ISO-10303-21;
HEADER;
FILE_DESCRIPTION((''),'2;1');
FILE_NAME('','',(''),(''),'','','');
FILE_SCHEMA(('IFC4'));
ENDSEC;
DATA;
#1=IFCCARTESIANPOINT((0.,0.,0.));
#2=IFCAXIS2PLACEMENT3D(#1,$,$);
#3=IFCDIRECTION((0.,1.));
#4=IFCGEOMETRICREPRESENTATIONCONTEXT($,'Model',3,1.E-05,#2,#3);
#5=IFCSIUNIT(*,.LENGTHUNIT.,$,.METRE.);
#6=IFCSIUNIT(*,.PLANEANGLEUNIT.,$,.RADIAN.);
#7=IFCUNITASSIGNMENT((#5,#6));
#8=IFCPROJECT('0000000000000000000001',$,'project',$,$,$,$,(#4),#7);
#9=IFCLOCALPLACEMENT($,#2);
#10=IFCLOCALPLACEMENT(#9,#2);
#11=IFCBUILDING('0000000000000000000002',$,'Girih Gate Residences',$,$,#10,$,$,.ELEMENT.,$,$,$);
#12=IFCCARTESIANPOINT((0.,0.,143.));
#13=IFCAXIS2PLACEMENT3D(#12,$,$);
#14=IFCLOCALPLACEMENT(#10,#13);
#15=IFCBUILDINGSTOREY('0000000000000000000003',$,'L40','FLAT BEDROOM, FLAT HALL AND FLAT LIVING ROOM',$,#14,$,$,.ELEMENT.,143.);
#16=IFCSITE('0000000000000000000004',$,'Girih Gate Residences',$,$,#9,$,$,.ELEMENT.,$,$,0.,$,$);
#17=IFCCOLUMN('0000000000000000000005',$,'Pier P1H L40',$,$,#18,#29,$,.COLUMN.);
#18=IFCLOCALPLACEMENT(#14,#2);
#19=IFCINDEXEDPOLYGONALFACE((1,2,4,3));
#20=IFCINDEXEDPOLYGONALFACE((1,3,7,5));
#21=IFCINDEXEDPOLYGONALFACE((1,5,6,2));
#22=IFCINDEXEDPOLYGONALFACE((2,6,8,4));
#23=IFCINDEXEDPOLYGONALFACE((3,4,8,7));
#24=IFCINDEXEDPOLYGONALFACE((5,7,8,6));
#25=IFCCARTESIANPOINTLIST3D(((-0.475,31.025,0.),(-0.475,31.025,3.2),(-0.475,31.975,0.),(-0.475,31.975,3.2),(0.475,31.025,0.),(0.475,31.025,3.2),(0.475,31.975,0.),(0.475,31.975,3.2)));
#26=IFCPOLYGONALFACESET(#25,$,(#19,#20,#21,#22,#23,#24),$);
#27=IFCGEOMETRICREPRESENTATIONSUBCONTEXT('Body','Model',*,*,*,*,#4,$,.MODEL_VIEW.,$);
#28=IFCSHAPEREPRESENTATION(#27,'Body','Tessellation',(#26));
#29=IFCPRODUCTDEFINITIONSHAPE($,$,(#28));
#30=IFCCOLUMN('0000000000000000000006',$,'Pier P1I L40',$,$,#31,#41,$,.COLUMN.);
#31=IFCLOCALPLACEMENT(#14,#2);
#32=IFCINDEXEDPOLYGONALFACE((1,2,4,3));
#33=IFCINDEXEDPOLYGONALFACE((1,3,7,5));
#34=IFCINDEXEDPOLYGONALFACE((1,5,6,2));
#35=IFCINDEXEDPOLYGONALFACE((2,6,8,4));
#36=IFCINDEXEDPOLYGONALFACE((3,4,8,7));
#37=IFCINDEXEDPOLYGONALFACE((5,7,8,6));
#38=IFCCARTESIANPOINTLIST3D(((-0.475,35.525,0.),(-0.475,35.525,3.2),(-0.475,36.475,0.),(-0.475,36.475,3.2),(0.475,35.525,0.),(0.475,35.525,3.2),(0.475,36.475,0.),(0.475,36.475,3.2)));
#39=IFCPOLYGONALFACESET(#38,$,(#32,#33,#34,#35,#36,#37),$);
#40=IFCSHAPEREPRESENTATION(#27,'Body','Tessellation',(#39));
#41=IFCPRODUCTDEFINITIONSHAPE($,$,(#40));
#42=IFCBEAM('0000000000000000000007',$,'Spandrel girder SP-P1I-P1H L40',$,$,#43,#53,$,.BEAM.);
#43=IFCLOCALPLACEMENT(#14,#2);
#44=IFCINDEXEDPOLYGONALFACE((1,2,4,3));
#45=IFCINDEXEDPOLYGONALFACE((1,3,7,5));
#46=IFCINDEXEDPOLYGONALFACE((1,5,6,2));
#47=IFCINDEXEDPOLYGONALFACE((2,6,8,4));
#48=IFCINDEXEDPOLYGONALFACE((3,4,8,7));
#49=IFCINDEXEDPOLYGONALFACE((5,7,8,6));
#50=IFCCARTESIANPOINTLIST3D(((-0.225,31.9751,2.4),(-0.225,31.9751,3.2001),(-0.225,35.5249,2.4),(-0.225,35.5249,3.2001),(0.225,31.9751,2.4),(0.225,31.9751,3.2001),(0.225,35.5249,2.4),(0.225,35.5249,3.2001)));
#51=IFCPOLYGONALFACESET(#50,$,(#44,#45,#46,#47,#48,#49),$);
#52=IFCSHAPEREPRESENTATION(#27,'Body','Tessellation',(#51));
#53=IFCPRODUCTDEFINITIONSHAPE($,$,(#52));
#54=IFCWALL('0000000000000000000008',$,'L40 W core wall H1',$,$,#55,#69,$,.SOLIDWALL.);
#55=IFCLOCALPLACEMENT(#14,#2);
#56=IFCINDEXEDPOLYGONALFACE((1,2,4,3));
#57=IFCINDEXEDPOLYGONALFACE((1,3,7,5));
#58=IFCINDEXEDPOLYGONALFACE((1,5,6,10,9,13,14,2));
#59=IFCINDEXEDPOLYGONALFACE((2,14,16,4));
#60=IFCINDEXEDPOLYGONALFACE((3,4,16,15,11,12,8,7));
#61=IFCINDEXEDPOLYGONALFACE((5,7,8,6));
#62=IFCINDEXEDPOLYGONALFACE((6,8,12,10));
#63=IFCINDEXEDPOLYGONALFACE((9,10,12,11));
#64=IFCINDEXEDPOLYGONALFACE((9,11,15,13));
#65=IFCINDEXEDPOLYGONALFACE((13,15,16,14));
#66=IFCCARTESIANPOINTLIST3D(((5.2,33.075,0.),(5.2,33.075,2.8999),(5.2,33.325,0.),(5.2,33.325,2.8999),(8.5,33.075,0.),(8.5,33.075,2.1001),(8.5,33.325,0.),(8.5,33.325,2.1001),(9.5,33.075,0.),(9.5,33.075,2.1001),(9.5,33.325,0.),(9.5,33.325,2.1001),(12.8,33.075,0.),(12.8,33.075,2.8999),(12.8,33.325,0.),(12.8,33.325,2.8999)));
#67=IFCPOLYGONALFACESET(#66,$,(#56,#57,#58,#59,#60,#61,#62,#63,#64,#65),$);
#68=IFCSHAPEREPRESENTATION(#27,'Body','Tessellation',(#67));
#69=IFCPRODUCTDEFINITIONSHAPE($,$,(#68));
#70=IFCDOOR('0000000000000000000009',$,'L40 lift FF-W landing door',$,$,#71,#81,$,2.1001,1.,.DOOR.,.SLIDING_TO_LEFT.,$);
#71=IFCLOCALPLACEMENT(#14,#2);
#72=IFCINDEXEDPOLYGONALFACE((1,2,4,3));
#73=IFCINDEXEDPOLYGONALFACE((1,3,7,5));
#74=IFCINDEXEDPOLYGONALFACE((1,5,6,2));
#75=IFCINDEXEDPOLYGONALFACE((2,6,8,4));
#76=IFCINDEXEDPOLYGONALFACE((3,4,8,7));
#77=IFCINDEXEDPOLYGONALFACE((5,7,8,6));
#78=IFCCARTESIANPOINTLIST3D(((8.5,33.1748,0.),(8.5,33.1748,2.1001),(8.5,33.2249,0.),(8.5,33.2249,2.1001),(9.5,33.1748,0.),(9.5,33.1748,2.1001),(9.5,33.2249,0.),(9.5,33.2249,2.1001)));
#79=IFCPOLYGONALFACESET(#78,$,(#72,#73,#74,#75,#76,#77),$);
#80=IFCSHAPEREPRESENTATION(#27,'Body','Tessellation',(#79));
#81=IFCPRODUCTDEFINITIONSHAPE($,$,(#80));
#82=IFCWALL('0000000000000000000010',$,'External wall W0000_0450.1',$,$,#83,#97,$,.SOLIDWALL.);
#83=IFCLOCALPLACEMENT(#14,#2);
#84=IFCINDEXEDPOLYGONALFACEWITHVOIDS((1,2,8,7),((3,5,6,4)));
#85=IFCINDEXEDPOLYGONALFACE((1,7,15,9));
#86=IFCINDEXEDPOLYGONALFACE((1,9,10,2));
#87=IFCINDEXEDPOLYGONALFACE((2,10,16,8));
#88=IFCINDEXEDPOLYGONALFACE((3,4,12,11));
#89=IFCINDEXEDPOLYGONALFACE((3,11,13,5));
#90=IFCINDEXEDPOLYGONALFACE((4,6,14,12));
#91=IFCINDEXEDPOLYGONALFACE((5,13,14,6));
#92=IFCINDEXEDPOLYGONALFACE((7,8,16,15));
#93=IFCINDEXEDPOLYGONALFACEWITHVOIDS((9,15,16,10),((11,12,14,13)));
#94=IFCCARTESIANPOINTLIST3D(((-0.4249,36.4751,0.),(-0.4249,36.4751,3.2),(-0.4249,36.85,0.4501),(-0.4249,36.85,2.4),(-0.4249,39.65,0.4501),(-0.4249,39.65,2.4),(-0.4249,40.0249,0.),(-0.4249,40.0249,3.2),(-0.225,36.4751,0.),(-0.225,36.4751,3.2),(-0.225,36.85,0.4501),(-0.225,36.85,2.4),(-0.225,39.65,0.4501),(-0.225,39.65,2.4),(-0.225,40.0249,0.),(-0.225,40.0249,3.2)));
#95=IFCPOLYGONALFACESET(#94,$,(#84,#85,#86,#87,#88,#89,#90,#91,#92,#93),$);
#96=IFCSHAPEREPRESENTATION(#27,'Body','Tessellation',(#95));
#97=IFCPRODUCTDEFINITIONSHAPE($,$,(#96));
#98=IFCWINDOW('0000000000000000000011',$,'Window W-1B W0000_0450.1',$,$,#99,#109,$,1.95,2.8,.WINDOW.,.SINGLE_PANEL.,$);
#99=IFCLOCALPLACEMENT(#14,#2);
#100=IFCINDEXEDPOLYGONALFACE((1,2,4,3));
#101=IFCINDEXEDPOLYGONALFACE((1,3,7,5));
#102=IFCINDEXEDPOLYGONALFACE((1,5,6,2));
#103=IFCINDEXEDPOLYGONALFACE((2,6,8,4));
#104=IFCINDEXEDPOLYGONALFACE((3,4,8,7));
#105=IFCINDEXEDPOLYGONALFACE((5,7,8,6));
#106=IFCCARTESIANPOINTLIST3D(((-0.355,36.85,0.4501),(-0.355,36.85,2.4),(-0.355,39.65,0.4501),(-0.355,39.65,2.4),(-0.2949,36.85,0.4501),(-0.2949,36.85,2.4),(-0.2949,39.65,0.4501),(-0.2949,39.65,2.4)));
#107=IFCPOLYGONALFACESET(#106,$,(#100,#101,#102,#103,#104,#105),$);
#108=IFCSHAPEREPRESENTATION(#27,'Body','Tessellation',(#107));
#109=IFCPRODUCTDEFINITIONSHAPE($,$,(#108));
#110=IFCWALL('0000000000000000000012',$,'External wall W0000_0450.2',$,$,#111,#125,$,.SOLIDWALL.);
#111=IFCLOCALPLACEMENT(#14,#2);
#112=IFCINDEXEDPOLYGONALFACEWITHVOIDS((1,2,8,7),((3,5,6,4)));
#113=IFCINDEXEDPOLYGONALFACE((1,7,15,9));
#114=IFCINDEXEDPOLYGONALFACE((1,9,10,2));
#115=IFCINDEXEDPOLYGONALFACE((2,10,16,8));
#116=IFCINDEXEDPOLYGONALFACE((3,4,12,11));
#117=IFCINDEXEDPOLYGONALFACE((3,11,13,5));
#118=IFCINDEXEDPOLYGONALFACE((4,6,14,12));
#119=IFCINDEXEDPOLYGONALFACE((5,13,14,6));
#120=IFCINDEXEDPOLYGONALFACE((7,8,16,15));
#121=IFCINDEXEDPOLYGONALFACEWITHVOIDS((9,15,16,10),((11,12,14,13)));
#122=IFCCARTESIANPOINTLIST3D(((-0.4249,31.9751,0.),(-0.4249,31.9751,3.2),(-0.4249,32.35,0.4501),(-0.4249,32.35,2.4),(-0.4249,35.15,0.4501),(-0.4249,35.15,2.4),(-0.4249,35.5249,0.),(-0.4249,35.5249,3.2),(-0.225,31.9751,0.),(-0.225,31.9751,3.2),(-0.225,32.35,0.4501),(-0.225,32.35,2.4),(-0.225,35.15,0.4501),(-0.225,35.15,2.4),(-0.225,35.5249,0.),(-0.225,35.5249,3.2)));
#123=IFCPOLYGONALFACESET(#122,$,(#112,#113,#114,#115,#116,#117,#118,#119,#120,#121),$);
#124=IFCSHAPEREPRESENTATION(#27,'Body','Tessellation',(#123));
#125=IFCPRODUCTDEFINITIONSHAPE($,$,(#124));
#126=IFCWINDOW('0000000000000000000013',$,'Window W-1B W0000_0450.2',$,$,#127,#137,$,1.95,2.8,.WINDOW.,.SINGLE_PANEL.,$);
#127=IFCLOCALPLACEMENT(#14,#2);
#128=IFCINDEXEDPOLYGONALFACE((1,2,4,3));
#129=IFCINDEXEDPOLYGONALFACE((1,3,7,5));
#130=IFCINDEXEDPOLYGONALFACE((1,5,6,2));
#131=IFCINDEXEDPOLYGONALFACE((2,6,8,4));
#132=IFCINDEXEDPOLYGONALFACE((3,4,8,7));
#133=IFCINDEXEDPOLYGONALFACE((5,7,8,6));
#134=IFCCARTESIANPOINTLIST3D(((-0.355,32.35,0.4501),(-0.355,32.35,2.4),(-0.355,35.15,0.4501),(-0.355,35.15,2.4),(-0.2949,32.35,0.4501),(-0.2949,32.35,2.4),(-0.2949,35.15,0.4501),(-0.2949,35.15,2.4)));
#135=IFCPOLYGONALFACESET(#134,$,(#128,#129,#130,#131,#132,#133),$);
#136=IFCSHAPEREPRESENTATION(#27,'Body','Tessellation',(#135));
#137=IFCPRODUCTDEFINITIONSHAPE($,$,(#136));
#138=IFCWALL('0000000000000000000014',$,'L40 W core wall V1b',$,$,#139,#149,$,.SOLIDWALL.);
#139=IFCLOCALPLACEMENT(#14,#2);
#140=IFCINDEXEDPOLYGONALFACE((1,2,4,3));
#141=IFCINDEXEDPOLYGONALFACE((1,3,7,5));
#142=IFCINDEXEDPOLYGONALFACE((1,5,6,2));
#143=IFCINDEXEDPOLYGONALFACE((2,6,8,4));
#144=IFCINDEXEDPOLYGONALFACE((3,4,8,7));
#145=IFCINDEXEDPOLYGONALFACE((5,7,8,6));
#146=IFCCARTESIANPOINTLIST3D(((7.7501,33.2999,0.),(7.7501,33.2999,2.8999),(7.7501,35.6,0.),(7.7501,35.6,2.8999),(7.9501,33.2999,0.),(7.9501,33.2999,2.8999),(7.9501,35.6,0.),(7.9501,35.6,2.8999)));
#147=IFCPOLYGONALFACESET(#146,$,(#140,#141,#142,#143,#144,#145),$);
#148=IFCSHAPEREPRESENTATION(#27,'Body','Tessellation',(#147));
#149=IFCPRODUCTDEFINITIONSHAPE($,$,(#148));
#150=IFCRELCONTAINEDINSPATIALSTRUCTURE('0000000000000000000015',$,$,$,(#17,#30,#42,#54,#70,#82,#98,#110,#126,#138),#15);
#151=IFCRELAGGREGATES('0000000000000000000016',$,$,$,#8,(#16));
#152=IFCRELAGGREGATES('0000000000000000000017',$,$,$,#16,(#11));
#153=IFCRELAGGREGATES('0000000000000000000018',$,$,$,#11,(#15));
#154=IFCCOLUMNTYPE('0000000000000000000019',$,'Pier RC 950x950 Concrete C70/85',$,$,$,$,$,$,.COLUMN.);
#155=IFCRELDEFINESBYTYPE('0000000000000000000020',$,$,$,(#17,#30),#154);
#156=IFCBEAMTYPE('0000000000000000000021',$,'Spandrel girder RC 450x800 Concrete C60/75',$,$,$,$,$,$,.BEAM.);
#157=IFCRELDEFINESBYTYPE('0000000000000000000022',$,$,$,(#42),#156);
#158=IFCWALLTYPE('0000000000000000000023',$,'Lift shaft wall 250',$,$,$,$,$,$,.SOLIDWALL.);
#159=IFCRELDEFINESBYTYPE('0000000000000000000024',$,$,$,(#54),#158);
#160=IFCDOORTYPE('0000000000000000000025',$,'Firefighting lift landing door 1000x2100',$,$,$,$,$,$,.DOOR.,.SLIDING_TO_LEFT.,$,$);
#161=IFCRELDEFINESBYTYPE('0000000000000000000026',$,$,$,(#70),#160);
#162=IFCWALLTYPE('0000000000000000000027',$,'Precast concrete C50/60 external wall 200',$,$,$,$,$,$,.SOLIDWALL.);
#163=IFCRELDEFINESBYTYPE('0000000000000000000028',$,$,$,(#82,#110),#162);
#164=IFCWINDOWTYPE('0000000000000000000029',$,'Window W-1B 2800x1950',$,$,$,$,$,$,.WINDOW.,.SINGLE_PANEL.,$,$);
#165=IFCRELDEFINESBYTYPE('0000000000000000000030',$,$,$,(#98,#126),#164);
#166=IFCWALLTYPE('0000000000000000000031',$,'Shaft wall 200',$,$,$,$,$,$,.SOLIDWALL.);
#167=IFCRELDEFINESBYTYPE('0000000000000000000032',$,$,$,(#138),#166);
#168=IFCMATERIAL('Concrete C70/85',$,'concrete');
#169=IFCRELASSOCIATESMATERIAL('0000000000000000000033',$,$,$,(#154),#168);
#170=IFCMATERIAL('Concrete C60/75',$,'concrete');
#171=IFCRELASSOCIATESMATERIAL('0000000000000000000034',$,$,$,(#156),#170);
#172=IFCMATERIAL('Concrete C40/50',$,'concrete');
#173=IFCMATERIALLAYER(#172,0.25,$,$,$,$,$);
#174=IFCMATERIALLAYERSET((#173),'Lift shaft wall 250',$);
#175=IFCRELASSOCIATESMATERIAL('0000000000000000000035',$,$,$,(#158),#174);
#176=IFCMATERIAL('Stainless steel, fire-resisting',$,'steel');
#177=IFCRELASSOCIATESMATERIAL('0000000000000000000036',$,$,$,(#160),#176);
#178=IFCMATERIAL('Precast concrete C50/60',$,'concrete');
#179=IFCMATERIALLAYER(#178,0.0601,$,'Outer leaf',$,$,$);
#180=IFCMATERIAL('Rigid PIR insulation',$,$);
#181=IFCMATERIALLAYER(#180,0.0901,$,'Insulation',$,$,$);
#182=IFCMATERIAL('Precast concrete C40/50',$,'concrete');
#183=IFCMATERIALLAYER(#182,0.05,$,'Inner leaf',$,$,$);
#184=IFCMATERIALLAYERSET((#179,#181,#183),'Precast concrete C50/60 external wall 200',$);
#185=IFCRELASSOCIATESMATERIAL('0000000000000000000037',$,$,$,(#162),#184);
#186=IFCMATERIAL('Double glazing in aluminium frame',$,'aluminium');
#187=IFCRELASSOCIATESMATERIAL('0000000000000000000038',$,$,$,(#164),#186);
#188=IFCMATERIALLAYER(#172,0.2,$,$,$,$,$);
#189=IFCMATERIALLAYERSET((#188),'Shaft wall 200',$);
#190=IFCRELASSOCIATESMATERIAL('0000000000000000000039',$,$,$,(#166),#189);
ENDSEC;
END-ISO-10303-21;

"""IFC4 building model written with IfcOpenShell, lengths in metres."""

from ifc_helpers import new_model, si_unit, direction, frame, frame_2d, origin, origin_2d, place, context, subcontext, project, spatial, rectangle, extrude, material, layer, layer_set, material_profile, profile_set, type_object, element, fill, save


model = new_model("IFC4")

# Units and contexts
model_context = context("Model", 3, precision=1e-05, world=origin(), true_north=direction((0.0, 1.0)))
body_context = subcontext(model_context, "Body", "Model", "MODEL_VIEW")
ifc_project = project(units=[si_unit("LENGTHUNIT", "METRE"), si_unit("PLANEANGLEUNIT", "RADIAN")], contexts=[model_context])

# Site, building, storey
site_placement = place(None, origin())
site = spatial("IfcSite", under=ifc_project, at=site_placement, Name="Girih Gate Residences", CompositionType="ELEMENT", RefElevation=0.0)
building_placement = place(site_placement, origin())
building = spatial("IfcBuilding", under=site, at=building_placement, Name="Girih Gate Residences", CompositionType="ELEMENT")
storey_placement = place(building_placement, frame((0.0, 0.0, 143.0)))
storey = spatial("IfcBuildingStorey", under=building, at=storey_placement, Name="L40", Description="FLAT BEDROOM, FLAT HALL AND FLAT LIVING ROOM", CompositionType="ELEMENT", Elevation=143.0)

# Columns
ifc_material_1 = material(Name="Concrete C70/85", Category="concrete")
ifc_material_profile_1 = material_profile(ifc_material_1, rectangle(XDim=0.95, YDim=0.95, at=origin_2d()))
ifc_profile_set_1 = profile_set([ifc_material_profile_1], Name="Concrete C70/85")
column_type = type_object("IfcColumnType", Name="Pier RC 950x950 Concrete C70/85", PredefinedType="COLUMN", material=ifc_profile_set_1)
for number, where, z_axis, x_axis, name in (
    (1, (0.0, 31.5, 0.0), (0.0, 0.0, 1.0), (1.0, 0.0, 0.0), "Pier P1H L40"),
    (2, (0.0, 36.0, 0.0), (0.0, 0.0, 1.0), (1.0, 0.0, 0.0), "Pier P1I L40"),
):
    element("IfcColumn", number, at=place(storey_placement, frame(where, z_axis=z_axis, x_axis=x_axis)), inside=storey, type_object=column_type, Name=name, PredefinedType="COLUMN", context=body_context, shape_type="SweptSolid", body=[
        extrude(rectangle(XDim=0.95, YDim=0.95, at=origin_2d()), origin(), (0.0, 0.0, 1.0), 3.2),
    ])

# Beam
ifc_material_2 = material(Name="Concrete C60/75", Category="concrete")
ifc_material_profile_2 = material_profile(ifc_material_2, rectangle(XDim=0.45, YDim=0.8, at=origin_2d()))
ifc_profile_set_2 = profile_set([ifc_material_profile_2], Name="Concrete C60/75")
beam_type = type_object("IfcBeamType", Name="Spandrel girder RC 450x800 Concrete C60/75", PredefinedType="BEAM", material=ifc_profile_set_2)
beam_placement = place(storey_placement, frame((0.0, 35.5249, 2.8), z_axis=(0.0, -1.0, 0.0), x_axis=(1.0, 0.0, 0.0)))
element("IfcBeam", 3, at=beam_placement, inside=storey, type_object=beam_type, Name="Spandrel girder SP-P1I-P1H L40", PredefinedType="BEAM", context=body_context, shape_type="SweptSolid", body=[
    extrude(rectangle(XDim=0.45, YDim=0.8, at=origin_2d()), origin(), (0.0, 0.0, 1.0), 3.5498),
])

# Wall, opening, door
ifc_material_3 = material(Name="Concrete C40/50", Category="concrete")
ifc_layer_1 = layer(ifc_material_3, 0.25)
ifc_layer_set_1 = layer_set([ifc_layer_1], Name="Lift shaft wall 250")
wall_type_1 = type_object("IfcWallType", Name="Lift shaft wall 250", PredefinedType="SOLIDWALL", material=ifc_layer_set_1)
wall_1_placement = place(storey_placement, frame((5.2, 33.2, 0.0), z_axis=(0.0, 0.0, 1.0), x_axis=(1.0, 0.0, 0.0)))
wall_1 = element("IfcWall", 4, at=wall_1_placement, inside=storey, type_object=wall_type_1, Name="L40 W core wall H1", PredefinedType="SOLIDWALL", context=body_context, shape_type="SweptSolid", body=[
    extrude(rectangle(XDim=7.6001, YDim=0.25, at=frame_2d((3.8, 0.0))), origin(), (0.0, 0.0, 1.0), 2.8999),
])
opening_1_placement = place(wall_1_placement, frame((3.3, 0.0, 0.0)))
opening_1 = element("IfcOpeningElement", 5, at=opening_1_placement, cuts=wall_1, PredefinedType="OPENING", context=body_context, shape_type="SweptSolid", body=[
    extrude(rectangle(XDim=1.0, YDim=2.1001, at=frame_2d((0.5, 1.05))), frame((0.0, 0.135, 0.0), z_axis=(0.0, -1.0, 0.0), x_axis=(1.0, 0.0, 0.0)), (0.0, 0.0, 1.0), 0.27),
])
ifc_material_4 = material(Name="Stainless steel, fire-resisting", Category="steel")
door_type_1 = type_object("IfcDoorType", Name="Firefighting lift landing door 1000x2100", OperationType="SLIDING_TO_LEFT", PredefinedType="DOOR", material=ifc_material_4)
door_1_placement = place(opening_1_placement, origin())
door_1 = element("IfcDoor", 6, at=door_1_placement, inside=storey, type_object=door_type_1, Name="L40 lift FF-W landing door", OperationType="SLIDING_TO_LEFT", OverallHeight=2.1001, OverallWidth=1.0, PredefinedType="DOOR", context=body_context, shape_type="SweptSolid", body=[
    extrude(rectangle(XDim=1.0, YDim=2.1001, at=frame_2d((0.5, 1.05))), frame((0.0, 0.0249, 0.0), z_axis=(0.0, -1.0, 0.0), x_axis=(1.0, 0.0, 0.0)), (0.0, 0.0, 1.0), 0.05),
])
fill(opening_1, door_1)

# Walls, openings, windows
ifc_material_5 = material(Name="Precast concrete C50/60", Category="concrete")
ifc_layer_2 = layer(ifc_material_5, 0.0601, Name="Outer leaf")
ifc_material_6 = material(Name="Rigid PIR insulation")
ifc_layer_3 = layer(ifc_material_6, 0.0901, Name="Insulation")
ifc_material_7 = material(Name="Precast concrete C40/50", Category="concrete")
ifc_layer_4 = layer(ifc_material_7, 0.05, Name="Inner leaf")
ifc_layer_set_2 = layer_set([ifc_layer_2, ifc_layer_3, ifc_layer_4], Name="Precast concrete C50/60 external wall 200")
wall_type_2 = type_object("IfcWallType", Name="Precast concrete C50/60 external wall 200", PredefinedType="SOLIDWALL", material=ifc_layer_set_2)
wall_2_placement = place(storey_placement, frame((-0.325, 36.4751, 0.0), z_axis=(0.0, 0.0, 1.0), x_axis=(0.0, 1.0, 0.0)))
wall_2 = element("IfcWall", 7, at=wall_2_placement, inside=storey, type_object=wall_type_2, Name="External wall W0000_0450.1", PredefinedType="SOLIDWALL", context=body_context, shape_type="SweptSolid", body=[
    extrude(rectangle(XDim=3.5498, YDim=0.2, at=frame_2d((1.7749, 0.0))), origin(), (0.0, 0.0, 1.0), 3.2),
])
opening_2_placement = place(wall_2_placement, frame((0.375, 0.0, 0.45)))
opening_2 = element("IfcOpeningElement", 8, at=opening_2_placement, cuts=wall_2, PredefinedType="OPENING", context=body_context, shape_type="SweptSolid", body=[
    extrude(rectangle(XDim=2.8, YDim=1.95, at=frame_2d((1.3999, 0.9751))), frame((0.0, 0.1099, 0.0), z_axis=(0.0, -1.0, 0.0), x_axis=(1.0, 0.0, 0.0)), (0.0, 0.0, 1.0), 0.22),
])
ifc_material_8 = material(Name="Double glazing in aluminium frame", Category="aluminium")
window_type = type_object("IfcWindowType", Name="Window W-1B 2800x1950", PartitioningType="SINGLE_PANEL", PredefinedType="WINDOW", material=ifc_material_8)
window_1_placement = place(opening_2_placement, origin())
window_1 = element("IfcWindow", 9, at=window_1_placement, inside=storey, type_object=window_type, Name="Window W-1B W0000_0450.1", OverallHeight=1.95, OverallWidth=2.8, PartitioningType="SINGLE_PANEL", PredefinedType="WINDOW", context=body_context, shape_type="SweptSolid", body=[
    extrude(rectangle(XDim=2.8, YDim=1.95, at=frame_2d((1.3999, 0.9751))), frame((0.0, 0.03, 0.0), z_axis=(0.0, -1.0, 0.0), x_axis=(1.0, 0.0, 0.0)), (0.0, 0.0, 1.0), 0.0601),
])
fill(opening_2, window_1)
wall_3_placement = place(storey_placement, frame((-0.325, 31.9751, 0.0), z_axis=(0.0, 0.0, 1.0), x_axis=(0.0, 1.0, 0.0)))
wall_3 = element("IfcWall", 10, at=wall_3_placement, inside=storey, type_object=wall_type_2, Name="External wall W0000_0450.2", PredefinedType="SOLIDWALL", context=body_context, shape_type="SweptSolid", body=[
    extrude(rectangle(XDim=3.5498, YDim=0.2, at=frame_2d((1.7749, 0.0))), origin(), (0.0, 0.0, 1.0), 3.2),
])
opening_3_placement = place(wall_3_placement, frame((0.375, 0.0, 0.45)))
opening_3 = element("IfcOpeningElement", 11, at=opening_3_placement, cuts=wall_3, PredefinedType="OPENING", context=body_context, shape_type="SweptSolid", body=[
    extrude(rectangle(XDim=2.8, YDim=1.95, at=frame_2d((1.3999, 0.9751))), frame((0.0, 0.1099, 0.0), z_axis=(0.0, -1.0, 0.0), x_axis=(1.0, 0.0, 0.0)), (0.0, 0.0, 1.0), 0.22),
])
window_2_placement = place(opening_3_placement, origin())
window_2 = element("IfcWindow", 12, at=window_2_placement, inside=storey, type_object=window_type, Name="Window W-1B W0000_0450.2", OverallHeight=1.95, OverallWidth=2.8, PartitioningType="SINGLE_PANEL", PredefinedType="WINDOW", context=body_context, shape_type="SweptSolid", body=[
    extrude(rectangle(XDim=2.8, YDim=1.95, at=frame_2d((1.3999, 0.9751))), frame((0.0, 0.03, 0.0), z_axis=(0.0, -1.0, 0.0), x_axis=(1.0, 0.0, 0.0)), (0.0, 0.0, 1.0), 0.0601),
])
fill(opening_3, window_2)

# Wall
ifc_layer_5 = layer(ifc_material_3, 0.2)
ifc_layer_set_3 = layer_set([ifc_layer_5], Name="Shaft wall 200")
wall_type_3 = type_object("IfcWallType", Name="Shaft wall 200", PredefinedType="SOLIDWALL", material=ifc_layer_set_3)
wall_4_placement = place(storey_placement, frame((7.8501, 33.3, 0.0), z_axis=(0.0, 0.0, 1.0), x_axis=(0.0, 1.0, 0.0)))
element("IfcWall", 13, at=wall_4_placement, inside=storey, type_object=wall_type_3, Name="L40 W core wall V1b", PredefinedType="SOLIDWALL", context=body_context, shape_type="SweptSolid", body=[
    extrude(rectangle(XDim=2.3, YDim=0.2, at=frame_2d((1.1499, 0.0))), origin(), (0.0, 0.0, 1.0), 2.8999),
])

save(model, "model.ifc")
